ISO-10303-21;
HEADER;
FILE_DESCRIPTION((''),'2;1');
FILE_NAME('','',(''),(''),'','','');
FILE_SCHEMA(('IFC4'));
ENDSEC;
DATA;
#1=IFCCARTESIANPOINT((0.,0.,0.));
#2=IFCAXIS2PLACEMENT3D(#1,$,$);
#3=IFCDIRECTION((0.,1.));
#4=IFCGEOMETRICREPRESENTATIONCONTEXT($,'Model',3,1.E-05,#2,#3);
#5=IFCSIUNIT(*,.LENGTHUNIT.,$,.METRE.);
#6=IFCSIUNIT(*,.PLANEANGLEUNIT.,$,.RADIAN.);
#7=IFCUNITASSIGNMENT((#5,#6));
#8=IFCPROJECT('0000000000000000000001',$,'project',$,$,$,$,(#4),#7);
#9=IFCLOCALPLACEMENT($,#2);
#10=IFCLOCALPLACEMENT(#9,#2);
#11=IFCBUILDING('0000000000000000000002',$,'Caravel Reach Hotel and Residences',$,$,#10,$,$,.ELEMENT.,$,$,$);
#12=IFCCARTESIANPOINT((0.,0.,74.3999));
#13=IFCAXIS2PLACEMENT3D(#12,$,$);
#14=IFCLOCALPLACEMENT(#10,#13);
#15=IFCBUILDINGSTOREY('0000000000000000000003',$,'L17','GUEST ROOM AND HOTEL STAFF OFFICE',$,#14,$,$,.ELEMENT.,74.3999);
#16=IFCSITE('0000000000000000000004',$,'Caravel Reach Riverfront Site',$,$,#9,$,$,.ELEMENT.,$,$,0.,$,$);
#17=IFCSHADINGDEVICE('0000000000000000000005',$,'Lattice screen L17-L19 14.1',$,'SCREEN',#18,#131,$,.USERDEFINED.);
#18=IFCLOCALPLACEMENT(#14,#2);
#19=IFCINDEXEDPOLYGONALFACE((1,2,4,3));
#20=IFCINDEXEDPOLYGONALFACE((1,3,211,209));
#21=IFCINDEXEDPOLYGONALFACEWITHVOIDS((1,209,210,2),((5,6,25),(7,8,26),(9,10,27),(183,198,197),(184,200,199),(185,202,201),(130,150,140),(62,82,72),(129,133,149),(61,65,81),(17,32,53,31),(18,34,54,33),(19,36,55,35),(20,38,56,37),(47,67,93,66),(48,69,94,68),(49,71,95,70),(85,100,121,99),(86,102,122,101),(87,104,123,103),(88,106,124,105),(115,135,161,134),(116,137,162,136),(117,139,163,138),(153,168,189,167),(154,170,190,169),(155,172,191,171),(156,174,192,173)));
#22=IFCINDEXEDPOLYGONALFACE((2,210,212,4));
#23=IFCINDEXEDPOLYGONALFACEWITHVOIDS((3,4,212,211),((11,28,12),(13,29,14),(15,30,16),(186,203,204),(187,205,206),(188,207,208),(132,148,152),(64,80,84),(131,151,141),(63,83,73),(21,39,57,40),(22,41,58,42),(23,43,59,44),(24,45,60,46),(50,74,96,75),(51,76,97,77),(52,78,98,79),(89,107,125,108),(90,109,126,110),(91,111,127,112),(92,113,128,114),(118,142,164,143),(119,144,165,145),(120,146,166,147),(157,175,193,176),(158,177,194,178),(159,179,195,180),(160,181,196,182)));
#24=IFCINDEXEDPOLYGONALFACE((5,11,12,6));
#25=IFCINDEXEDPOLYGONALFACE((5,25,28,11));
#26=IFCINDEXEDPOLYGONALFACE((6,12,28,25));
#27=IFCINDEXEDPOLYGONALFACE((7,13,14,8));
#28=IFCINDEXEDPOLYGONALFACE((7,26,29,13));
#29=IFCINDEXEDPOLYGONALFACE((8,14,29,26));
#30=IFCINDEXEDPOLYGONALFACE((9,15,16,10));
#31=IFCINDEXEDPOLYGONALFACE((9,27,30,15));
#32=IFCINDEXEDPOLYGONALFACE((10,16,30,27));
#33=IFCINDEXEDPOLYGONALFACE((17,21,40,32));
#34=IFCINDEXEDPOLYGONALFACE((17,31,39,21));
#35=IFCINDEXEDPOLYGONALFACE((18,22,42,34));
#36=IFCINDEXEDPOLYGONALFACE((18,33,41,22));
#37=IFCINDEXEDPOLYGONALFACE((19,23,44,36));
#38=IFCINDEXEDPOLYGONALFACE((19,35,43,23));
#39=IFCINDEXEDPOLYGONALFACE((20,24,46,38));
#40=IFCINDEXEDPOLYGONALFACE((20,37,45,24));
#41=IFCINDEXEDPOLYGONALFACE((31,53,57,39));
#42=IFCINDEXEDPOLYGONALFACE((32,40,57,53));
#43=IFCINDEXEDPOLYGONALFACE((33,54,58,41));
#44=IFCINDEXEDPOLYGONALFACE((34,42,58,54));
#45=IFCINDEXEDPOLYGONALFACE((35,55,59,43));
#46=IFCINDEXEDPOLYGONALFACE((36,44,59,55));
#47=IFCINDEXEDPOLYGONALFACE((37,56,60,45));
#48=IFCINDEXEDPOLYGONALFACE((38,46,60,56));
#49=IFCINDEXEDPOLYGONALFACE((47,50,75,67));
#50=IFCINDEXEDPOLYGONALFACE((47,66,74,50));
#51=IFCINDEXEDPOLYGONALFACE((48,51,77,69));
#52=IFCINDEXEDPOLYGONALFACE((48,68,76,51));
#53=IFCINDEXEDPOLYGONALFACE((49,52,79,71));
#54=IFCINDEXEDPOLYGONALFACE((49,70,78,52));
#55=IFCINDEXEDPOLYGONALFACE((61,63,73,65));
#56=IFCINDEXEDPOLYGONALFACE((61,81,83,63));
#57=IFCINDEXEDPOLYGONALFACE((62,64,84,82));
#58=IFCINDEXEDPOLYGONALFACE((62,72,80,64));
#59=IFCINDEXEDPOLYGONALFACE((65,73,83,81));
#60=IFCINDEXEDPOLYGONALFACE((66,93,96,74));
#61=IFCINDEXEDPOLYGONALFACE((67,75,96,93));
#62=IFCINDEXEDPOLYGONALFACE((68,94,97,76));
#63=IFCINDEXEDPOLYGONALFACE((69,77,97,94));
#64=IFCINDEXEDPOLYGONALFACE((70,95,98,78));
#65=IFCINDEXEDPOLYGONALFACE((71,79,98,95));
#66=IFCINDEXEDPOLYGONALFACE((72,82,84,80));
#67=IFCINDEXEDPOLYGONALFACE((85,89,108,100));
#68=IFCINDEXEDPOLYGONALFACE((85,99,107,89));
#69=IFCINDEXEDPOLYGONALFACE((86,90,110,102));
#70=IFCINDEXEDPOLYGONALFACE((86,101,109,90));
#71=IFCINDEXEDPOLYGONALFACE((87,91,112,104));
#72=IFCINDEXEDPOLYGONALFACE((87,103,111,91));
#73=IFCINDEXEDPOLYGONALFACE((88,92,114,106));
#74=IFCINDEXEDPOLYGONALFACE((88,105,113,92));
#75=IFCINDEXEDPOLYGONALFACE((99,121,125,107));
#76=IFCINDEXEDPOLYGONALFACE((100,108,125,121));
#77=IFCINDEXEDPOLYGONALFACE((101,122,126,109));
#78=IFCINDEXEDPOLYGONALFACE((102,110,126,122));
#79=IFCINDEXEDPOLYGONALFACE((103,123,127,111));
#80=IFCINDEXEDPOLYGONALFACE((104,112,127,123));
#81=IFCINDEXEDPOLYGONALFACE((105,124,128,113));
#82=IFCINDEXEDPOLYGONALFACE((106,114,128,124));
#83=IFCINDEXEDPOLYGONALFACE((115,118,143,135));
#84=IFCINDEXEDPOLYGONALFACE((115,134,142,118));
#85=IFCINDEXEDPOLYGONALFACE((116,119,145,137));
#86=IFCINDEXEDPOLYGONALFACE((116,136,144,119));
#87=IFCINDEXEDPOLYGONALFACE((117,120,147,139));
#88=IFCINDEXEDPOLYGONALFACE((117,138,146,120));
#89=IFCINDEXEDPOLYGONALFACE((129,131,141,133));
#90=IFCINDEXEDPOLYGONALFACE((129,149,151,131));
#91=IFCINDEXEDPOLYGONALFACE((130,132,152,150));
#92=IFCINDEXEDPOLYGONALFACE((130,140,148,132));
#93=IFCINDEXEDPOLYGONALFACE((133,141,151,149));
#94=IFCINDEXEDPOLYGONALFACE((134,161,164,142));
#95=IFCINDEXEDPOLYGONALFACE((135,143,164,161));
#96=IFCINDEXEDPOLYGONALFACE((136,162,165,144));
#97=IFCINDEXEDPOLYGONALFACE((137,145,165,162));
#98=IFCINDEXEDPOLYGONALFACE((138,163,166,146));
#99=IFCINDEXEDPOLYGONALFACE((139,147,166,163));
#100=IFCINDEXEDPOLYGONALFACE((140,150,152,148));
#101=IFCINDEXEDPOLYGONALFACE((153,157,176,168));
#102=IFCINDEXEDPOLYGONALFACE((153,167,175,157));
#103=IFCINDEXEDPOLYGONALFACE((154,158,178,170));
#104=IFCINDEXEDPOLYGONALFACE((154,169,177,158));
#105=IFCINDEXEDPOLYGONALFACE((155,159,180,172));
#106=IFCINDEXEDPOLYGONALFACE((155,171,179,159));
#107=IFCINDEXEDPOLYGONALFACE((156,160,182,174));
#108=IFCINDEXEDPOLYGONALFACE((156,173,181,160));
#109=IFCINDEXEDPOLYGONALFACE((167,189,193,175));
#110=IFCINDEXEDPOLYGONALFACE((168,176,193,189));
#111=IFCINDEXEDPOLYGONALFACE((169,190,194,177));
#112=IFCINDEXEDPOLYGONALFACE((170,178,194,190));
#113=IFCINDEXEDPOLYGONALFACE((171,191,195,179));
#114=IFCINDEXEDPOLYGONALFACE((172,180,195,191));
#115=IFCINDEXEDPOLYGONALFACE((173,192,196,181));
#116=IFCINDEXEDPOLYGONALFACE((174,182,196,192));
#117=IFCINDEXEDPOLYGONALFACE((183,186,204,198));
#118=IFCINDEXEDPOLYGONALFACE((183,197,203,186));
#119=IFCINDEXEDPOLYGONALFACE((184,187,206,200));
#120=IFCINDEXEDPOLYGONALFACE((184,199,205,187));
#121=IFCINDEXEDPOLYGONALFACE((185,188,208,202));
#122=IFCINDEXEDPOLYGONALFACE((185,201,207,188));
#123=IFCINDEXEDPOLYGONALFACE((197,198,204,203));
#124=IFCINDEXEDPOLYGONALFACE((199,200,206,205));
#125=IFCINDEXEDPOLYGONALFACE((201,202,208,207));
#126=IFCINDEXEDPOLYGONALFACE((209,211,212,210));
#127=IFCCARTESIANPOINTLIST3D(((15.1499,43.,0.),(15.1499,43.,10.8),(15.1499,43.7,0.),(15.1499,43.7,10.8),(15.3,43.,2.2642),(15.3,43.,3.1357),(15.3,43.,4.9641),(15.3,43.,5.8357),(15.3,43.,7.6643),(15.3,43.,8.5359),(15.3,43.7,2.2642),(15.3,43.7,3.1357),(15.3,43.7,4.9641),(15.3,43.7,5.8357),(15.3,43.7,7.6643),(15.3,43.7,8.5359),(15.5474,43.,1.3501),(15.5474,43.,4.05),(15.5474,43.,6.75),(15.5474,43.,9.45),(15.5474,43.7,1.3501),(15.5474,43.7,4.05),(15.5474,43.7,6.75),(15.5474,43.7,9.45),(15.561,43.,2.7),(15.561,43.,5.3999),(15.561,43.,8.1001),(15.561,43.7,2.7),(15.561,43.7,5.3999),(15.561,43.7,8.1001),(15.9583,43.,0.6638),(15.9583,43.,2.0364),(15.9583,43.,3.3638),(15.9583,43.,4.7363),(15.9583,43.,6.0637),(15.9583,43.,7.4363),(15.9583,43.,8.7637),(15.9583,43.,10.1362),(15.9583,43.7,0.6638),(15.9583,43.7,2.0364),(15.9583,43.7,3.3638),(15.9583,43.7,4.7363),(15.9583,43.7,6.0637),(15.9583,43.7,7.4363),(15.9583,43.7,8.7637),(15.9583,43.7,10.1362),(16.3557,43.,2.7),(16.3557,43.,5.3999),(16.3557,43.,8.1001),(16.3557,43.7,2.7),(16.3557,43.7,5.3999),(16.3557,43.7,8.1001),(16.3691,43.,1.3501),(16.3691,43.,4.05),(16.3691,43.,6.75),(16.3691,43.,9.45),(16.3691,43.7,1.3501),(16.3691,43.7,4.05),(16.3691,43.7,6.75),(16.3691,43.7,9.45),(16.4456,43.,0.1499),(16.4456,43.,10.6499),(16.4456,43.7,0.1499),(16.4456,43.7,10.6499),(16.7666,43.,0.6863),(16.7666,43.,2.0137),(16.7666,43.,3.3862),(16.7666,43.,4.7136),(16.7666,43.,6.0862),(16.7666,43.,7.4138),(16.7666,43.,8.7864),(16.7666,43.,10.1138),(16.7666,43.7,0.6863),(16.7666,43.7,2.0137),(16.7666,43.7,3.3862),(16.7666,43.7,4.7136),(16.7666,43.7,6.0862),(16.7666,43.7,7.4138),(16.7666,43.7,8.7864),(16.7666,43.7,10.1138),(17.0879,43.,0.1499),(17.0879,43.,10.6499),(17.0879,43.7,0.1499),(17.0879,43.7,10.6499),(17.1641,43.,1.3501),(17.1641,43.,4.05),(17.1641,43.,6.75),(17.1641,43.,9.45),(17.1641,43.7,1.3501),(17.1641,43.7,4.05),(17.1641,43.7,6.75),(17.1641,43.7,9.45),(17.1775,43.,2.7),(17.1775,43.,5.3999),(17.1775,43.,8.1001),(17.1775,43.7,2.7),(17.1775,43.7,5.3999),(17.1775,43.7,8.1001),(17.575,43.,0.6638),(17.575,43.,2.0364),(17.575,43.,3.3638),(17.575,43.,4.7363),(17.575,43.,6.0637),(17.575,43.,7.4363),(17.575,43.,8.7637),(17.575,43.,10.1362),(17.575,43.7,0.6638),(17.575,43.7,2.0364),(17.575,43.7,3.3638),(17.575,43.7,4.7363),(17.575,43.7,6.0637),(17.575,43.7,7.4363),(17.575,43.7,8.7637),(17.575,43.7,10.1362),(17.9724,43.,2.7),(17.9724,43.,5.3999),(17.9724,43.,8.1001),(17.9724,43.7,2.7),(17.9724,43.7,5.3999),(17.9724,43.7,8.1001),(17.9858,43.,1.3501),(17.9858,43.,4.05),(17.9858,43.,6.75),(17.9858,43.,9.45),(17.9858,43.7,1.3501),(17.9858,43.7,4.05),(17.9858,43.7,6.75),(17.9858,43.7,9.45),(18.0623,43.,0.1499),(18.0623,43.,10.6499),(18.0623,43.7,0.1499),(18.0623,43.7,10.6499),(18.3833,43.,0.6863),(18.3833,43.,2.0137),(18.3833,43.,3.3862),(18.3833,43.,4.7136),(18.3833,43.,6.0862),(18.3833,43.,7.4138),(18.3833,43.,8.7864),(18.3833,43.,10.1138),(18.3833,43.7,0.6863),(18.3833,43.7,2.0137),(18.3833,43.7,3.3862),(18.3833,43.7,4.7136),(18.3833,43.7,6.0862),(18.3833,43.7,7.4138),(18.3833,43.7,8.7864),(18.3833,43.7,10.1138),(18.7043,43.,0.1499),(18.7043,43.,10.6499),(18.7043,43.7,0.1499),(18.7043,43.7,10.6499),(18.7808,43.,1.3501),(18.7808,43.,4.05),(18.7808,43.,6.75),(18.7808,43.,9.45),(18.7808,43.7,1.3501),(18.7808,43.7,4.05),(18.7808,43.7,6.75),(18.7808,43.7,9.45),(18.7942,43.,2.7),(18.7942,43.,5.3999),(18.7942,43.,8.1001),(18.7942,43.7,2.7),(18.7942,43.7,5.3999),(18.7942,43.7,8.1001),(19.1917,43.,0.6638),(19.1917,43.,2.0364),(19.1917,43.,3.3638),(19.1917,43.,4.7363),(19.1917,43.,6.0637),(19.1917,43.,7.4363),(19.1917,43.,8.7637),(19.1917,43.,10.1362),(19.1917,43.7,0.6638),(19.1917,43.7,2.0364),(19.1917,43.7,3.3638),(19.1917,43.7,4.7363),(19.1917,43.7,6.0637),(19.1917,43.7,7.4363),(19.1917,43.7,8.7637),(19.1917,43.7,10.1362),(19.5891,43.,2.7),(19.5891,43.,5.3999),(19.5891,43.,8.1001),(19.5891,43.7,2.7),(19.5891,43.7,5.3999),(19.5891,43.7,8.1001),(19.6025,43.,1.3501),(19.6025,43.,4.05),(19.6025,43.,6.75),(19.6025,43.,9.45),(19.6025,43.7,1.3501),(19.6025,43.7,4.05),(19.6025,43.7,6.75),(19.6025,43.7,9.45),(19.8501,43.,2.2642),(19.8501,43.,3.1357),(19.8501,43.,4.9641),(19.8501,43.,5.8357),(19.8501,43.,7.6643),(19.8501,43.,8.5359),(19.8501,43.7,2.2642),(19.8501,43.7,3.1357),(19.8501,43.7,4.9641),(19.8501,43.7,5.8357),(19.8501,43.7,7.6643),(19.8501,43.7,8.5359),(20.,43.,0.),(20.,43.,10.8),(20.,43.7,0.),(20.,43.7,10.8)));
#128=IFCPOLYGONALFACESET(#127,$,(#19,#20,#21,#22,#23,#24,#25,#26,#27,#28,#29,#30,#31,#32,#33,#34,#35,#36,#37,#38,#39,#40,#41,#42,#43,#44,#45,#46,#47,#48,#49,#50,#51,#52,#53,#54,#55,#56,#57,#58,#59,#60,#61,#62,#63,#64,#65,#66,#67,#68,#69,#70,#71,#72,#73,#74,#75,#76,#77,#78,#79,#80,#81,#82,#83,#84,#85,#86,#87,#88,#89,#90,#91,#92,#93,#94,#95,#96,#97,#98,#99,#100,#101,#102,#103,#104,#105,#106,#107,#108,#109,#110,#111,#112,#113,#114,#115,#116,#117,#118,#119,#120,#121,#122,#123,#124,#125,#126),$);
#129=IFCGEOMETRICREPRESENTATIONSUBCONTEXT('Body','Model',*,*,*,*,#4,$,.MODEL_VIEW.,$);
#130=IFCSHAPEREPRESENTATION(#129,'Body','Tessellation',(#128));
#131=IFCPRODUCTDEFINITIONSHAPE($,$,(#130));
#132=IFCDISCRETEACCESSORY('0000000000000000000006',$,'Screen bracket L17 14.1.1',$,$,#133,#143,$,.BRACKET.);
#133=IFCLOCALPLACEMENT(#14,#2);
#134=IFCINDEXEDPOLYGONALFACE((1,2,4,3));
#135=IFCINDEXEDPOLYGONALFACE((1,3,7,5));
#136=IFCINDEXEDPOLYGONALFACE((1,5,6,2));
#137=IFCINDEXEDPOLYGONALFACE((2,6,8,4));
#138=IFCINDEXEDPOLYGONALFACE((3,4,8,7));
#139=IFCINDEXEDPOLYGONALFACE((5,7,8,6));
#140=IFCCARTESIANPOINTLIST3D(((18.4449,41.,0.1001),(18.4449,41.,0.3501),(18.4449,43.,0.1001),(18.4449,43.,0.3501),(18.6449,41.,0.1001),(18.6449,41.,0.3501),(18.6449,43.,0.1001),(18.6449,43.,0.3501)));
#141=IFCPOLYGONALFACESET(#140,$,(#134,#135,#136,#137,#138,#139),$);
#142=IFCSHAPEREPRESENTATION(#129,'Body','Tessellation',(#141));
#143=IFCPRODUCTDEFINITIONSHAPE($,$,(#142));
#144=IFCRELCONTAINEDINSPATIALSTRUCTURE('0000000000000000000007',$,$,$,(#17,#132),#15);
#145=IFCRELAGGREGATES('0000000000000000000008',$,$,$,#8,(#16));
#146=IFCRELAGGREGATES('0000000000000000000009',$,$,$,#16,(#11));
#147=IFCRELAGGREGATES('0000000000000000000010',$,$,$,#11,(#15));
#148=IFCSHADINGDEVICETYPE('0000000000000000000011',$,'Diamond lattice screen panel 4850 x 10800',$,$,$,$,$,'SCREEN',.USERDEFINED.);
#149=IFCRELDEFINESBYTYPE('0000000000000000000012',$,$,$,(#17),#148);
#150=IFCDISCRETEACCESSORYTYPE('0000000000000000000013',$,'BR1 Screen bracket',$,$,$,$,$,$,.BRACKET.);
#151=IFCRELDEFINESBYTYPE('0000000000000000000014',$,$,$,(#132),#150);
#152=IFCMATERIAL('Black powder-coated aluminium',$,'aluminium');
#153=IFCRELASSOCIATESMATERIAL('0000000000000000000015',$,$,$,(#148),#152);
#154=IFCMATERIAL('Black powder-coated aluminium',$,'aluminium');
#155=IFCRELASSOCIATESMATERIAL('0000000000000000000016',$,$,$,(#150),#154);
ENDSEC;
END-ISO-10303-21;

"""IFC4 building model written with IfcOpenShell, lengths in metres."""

from ifc_helpers import new_model, si_unit, direction, frame, origin, origin_2d, place, context, subcontext, project, spatial, polyline, rectangle, outline, extrude, material, type_object, element, save


model = new_model("IFC4")

# Units and contexts
model_context = context("Model", 3, precision=1e-05, world=origin(), true_north=direction((0.0, 1.0)))
body_context = subcontext(model_context, "Body", "Model", "MODEL_VIEW")
ifc_project = project(units=[si_unit("LENGTHUNIT", "METRE"), si_unit("PLANEANGLEUNIT", "RADIAN")], contexts=[model_context])

# Site, building, storey
site_placement = place(None, origin())
site = spatial("IfcSite", under=ifc_project, at=site_placement, Name="Caravel Reach Riverfront Site", CompositionType="ELEMENT", RefElevation=0.0)
building_placement = place(site_placement, origin())
building = spatial("IfcBuilding", under=site, at=building_placement, Name="Caravel Reach Hotel and Residences", CompositionType="ELEMENT")
storey_placement = place(building_placement, frame((0.0, 0.0, 74.3999)))
storey = spatial("IfcBuildingStorey", under=building, at=storey_placement, Name="L17", Description="GUEST ROOM AND HOTEL STAFF OFFICE", CompositionType="ELEMENT", Elevation=74.3999)

# Shading device
ifc_material_1 = material(Name="Black powder-coated aluminium", Category="aluminium")
shading_device_type = type_object("IfcShadingDeviceType", Name="Diamond lattice screen panel 4850 x 10800", ElementType="SCREEN", PredefinedType="USERDEFINED", material=ifc_material_1)
shading_device_placement = place(storey_placement, frame((20.0, 43.0, 0.0), z_axis=(0.0, 1.0, 0.0), x_axis=(-1.0, 0.0, 0.0)))
element("IfcShadingDevice", 1, at=shading_device_placement, inside=storey, type_object=shading_device_type, Name="Lattice screen L17-L19 14.1", ObjectType="SCREEN", PredefinedType="USERDEFINED", context=body_context, shape_type="SweptSolid", body=[
    extrude(outline(polyline([(0.0, 0.0), (4.8501, 0.0), (4.8501, 10.8), (0.0, 10.8), (0.0, 0.0)]), holes=[polyline([(0.4109, 2.7), (0.1499, 3.1357), (0.1499, 2.2642), (0.4109, 2.7)]), polyline([(0.4109, 5.3999), (0.1499, 5.8357), (0.1499, 4.9641), (0.4109, 5.3999)]), polyline([(0.4109, 8.1001), (0.1499, 8.5359), (0.1499, 7.6643), (0.4109, 8.1001)]), polyline([(0.8083, 2.0364), (0.3975, 1.3501), (0.8083, 0.6638), (1.2192, 1.3501), (0.8083, 2.0364)]), polyline([(0.8083, 4.7363), (0.3975, 4.05), (0.8083, 3.3638), (1.2192, 4.05), (0.8083, 4.7363)]), polyline([(0.8083, 7.4363), (0.3975, 6.75), (0.8083, 6.0637), (1.2192, 6.75), (0.8083, 7.4363)]), polyline([(0.8083, 10.1362), (0.3975, 9.45), (0.8083, 8.7637), (1.2192, 9.45), (0.8083, 10.1362)]), polyline([(1.6167, 0.6863), (1.2957, 0.1499), (1.9377, 0.1499), (1.6167, 0.6863)]), polyline([(1.6167, 3.3862), (1.2058, 2.7), (1.6167, 2.0137), (2.0276, 2.7), (1.6167, 3.3862)]), polyline([(1.6167, 6.0862), (1.2058, 5.3999), (1.6167, 4.7136), (2.0276, 5.3999), (1.6167, 6.0862)]), polyline([(1.6167, 8.7864), (1.2058, 8.1001), (1.6167, 7.4138), (2.0276, 8.1001), (1.6167, 8.7864)]), polyline([(1.6167, 10.1138), (1.9377, 10.6499), (1.2957, 10.6499), (1.6167, 10.1138)]), polyline([(2.425, 2.0364), (2.0142, 1.3501), (2.425, 0.6638), (2.8359, 1.3501), (2.425, 2.0364)]), polyline([(2.425, 4.7363), (2.0142, 4.05), (2.425, 3.3638), (2.8359, 4.05), (2.425, 4.7363)]), polyline([(2.425, 7.4363), (2.0142, 6.75), (2.425, 6.0637), (2.8359, 6.75), (2.425, 7.4363)]), polyline([(2.425, 10.1362), (2.0142, 9.45), (2.425, 8.7637), (2.8359, 9.45), (2.425, 10.1362)]), polyline([(3.2334, 0.6863), (2.9121, 0.1499), (3.5544, 0.1499), (3.2334, 0.6863)]), polyline([(3.2334, 3.3862), (2.8225, 2.7), (3.2334, 2.0137), (3.6443, 2.7), (3.2334, 3.3862)]), polyline([(3.2334, 6.0862), (2.8225, 5.3999), (3.2334, 4.7136), (3.6443, 5.3999), (3.2334, 6.0862)]), polyline([(3.2334, 8.7864), (2.8225, 8.1001), (3.2334, 7.4138), (3.6443, 8.1001), (3.2334, 8.7864)]), polyline([(3.2334, 10.1138), (3.5544, 10.6499), (2.9121, 10.6499), (3.2334, 10.1138)]), polyline([(4.0417, 2.0364), (3.6309, 1.3501), (4.0417, 0.6638), (4.4526, 1.3501), (4.0417, 2.0364)]), polyline([(4.0417, 4.7363), (3.6309, 4.05), (4.0417, 3.3638), (4.4526, 4.05), (4.0417, 4.7363)]), polyline([(4.0417, 7.4363), (3.6309, 6.75), (4.0417, 6.0637), (4.4526, 6.75), (4.0417, 7.4363)]), polyline([(4.0417, 10.1362), (3.6309, 9.45), (4.0417, 8.7637), (4.4526, 9.45), (4.0417, 10.1362)]), polyline([(4.439, 2.7), (4.7, 2.2642), (4.7, 3.1357), (4.439, 2.7)]), polyline([(4.439, 5.3999), (4.7, 4.9641), (4.7, 5.8357), (4.439, 5.3999)]), polyline([(4.439, 8.1001), (4.7, 7.6643), (4.7, 8.5359), (4.439, 8.1001)])]), origin(), (0.0, 0.0, 1.0), 0.7),
])

# Discrete accessory
ifc_material_2 = material(Name="Black powder-coated aluminium", Category="aluminium")
discrete_accessory_type = type_object("IfcDiscreteAccessoryType", Name="BR1 Screen bracket", PredefinedType="BRACKET", material=ifc_material_2)
discrete_accessory_placement = place(storey_placement, frame((18.5449, 42.0, 0.1001), z_axis=(0.0, 0.0, 1.0), x_axis=(0.0, 1.0, 0.0)))
element("IfcDiscreteAccessory", 2, at=discrete_accessory_placement, inside=storey, type_object=discrete_accessory_type, Name="Screen bracket L17 14.1.1", PredefinedType="BRACKET", context=body_context, shape_type="SweptSolid", body=[
    extrude(rectangle(XDim=2.0, YDim=0.2, at=origin_2d()), origin(), (0.0, 0.0, 1.0), 0.25),
])

save(model, "model.ifc")
